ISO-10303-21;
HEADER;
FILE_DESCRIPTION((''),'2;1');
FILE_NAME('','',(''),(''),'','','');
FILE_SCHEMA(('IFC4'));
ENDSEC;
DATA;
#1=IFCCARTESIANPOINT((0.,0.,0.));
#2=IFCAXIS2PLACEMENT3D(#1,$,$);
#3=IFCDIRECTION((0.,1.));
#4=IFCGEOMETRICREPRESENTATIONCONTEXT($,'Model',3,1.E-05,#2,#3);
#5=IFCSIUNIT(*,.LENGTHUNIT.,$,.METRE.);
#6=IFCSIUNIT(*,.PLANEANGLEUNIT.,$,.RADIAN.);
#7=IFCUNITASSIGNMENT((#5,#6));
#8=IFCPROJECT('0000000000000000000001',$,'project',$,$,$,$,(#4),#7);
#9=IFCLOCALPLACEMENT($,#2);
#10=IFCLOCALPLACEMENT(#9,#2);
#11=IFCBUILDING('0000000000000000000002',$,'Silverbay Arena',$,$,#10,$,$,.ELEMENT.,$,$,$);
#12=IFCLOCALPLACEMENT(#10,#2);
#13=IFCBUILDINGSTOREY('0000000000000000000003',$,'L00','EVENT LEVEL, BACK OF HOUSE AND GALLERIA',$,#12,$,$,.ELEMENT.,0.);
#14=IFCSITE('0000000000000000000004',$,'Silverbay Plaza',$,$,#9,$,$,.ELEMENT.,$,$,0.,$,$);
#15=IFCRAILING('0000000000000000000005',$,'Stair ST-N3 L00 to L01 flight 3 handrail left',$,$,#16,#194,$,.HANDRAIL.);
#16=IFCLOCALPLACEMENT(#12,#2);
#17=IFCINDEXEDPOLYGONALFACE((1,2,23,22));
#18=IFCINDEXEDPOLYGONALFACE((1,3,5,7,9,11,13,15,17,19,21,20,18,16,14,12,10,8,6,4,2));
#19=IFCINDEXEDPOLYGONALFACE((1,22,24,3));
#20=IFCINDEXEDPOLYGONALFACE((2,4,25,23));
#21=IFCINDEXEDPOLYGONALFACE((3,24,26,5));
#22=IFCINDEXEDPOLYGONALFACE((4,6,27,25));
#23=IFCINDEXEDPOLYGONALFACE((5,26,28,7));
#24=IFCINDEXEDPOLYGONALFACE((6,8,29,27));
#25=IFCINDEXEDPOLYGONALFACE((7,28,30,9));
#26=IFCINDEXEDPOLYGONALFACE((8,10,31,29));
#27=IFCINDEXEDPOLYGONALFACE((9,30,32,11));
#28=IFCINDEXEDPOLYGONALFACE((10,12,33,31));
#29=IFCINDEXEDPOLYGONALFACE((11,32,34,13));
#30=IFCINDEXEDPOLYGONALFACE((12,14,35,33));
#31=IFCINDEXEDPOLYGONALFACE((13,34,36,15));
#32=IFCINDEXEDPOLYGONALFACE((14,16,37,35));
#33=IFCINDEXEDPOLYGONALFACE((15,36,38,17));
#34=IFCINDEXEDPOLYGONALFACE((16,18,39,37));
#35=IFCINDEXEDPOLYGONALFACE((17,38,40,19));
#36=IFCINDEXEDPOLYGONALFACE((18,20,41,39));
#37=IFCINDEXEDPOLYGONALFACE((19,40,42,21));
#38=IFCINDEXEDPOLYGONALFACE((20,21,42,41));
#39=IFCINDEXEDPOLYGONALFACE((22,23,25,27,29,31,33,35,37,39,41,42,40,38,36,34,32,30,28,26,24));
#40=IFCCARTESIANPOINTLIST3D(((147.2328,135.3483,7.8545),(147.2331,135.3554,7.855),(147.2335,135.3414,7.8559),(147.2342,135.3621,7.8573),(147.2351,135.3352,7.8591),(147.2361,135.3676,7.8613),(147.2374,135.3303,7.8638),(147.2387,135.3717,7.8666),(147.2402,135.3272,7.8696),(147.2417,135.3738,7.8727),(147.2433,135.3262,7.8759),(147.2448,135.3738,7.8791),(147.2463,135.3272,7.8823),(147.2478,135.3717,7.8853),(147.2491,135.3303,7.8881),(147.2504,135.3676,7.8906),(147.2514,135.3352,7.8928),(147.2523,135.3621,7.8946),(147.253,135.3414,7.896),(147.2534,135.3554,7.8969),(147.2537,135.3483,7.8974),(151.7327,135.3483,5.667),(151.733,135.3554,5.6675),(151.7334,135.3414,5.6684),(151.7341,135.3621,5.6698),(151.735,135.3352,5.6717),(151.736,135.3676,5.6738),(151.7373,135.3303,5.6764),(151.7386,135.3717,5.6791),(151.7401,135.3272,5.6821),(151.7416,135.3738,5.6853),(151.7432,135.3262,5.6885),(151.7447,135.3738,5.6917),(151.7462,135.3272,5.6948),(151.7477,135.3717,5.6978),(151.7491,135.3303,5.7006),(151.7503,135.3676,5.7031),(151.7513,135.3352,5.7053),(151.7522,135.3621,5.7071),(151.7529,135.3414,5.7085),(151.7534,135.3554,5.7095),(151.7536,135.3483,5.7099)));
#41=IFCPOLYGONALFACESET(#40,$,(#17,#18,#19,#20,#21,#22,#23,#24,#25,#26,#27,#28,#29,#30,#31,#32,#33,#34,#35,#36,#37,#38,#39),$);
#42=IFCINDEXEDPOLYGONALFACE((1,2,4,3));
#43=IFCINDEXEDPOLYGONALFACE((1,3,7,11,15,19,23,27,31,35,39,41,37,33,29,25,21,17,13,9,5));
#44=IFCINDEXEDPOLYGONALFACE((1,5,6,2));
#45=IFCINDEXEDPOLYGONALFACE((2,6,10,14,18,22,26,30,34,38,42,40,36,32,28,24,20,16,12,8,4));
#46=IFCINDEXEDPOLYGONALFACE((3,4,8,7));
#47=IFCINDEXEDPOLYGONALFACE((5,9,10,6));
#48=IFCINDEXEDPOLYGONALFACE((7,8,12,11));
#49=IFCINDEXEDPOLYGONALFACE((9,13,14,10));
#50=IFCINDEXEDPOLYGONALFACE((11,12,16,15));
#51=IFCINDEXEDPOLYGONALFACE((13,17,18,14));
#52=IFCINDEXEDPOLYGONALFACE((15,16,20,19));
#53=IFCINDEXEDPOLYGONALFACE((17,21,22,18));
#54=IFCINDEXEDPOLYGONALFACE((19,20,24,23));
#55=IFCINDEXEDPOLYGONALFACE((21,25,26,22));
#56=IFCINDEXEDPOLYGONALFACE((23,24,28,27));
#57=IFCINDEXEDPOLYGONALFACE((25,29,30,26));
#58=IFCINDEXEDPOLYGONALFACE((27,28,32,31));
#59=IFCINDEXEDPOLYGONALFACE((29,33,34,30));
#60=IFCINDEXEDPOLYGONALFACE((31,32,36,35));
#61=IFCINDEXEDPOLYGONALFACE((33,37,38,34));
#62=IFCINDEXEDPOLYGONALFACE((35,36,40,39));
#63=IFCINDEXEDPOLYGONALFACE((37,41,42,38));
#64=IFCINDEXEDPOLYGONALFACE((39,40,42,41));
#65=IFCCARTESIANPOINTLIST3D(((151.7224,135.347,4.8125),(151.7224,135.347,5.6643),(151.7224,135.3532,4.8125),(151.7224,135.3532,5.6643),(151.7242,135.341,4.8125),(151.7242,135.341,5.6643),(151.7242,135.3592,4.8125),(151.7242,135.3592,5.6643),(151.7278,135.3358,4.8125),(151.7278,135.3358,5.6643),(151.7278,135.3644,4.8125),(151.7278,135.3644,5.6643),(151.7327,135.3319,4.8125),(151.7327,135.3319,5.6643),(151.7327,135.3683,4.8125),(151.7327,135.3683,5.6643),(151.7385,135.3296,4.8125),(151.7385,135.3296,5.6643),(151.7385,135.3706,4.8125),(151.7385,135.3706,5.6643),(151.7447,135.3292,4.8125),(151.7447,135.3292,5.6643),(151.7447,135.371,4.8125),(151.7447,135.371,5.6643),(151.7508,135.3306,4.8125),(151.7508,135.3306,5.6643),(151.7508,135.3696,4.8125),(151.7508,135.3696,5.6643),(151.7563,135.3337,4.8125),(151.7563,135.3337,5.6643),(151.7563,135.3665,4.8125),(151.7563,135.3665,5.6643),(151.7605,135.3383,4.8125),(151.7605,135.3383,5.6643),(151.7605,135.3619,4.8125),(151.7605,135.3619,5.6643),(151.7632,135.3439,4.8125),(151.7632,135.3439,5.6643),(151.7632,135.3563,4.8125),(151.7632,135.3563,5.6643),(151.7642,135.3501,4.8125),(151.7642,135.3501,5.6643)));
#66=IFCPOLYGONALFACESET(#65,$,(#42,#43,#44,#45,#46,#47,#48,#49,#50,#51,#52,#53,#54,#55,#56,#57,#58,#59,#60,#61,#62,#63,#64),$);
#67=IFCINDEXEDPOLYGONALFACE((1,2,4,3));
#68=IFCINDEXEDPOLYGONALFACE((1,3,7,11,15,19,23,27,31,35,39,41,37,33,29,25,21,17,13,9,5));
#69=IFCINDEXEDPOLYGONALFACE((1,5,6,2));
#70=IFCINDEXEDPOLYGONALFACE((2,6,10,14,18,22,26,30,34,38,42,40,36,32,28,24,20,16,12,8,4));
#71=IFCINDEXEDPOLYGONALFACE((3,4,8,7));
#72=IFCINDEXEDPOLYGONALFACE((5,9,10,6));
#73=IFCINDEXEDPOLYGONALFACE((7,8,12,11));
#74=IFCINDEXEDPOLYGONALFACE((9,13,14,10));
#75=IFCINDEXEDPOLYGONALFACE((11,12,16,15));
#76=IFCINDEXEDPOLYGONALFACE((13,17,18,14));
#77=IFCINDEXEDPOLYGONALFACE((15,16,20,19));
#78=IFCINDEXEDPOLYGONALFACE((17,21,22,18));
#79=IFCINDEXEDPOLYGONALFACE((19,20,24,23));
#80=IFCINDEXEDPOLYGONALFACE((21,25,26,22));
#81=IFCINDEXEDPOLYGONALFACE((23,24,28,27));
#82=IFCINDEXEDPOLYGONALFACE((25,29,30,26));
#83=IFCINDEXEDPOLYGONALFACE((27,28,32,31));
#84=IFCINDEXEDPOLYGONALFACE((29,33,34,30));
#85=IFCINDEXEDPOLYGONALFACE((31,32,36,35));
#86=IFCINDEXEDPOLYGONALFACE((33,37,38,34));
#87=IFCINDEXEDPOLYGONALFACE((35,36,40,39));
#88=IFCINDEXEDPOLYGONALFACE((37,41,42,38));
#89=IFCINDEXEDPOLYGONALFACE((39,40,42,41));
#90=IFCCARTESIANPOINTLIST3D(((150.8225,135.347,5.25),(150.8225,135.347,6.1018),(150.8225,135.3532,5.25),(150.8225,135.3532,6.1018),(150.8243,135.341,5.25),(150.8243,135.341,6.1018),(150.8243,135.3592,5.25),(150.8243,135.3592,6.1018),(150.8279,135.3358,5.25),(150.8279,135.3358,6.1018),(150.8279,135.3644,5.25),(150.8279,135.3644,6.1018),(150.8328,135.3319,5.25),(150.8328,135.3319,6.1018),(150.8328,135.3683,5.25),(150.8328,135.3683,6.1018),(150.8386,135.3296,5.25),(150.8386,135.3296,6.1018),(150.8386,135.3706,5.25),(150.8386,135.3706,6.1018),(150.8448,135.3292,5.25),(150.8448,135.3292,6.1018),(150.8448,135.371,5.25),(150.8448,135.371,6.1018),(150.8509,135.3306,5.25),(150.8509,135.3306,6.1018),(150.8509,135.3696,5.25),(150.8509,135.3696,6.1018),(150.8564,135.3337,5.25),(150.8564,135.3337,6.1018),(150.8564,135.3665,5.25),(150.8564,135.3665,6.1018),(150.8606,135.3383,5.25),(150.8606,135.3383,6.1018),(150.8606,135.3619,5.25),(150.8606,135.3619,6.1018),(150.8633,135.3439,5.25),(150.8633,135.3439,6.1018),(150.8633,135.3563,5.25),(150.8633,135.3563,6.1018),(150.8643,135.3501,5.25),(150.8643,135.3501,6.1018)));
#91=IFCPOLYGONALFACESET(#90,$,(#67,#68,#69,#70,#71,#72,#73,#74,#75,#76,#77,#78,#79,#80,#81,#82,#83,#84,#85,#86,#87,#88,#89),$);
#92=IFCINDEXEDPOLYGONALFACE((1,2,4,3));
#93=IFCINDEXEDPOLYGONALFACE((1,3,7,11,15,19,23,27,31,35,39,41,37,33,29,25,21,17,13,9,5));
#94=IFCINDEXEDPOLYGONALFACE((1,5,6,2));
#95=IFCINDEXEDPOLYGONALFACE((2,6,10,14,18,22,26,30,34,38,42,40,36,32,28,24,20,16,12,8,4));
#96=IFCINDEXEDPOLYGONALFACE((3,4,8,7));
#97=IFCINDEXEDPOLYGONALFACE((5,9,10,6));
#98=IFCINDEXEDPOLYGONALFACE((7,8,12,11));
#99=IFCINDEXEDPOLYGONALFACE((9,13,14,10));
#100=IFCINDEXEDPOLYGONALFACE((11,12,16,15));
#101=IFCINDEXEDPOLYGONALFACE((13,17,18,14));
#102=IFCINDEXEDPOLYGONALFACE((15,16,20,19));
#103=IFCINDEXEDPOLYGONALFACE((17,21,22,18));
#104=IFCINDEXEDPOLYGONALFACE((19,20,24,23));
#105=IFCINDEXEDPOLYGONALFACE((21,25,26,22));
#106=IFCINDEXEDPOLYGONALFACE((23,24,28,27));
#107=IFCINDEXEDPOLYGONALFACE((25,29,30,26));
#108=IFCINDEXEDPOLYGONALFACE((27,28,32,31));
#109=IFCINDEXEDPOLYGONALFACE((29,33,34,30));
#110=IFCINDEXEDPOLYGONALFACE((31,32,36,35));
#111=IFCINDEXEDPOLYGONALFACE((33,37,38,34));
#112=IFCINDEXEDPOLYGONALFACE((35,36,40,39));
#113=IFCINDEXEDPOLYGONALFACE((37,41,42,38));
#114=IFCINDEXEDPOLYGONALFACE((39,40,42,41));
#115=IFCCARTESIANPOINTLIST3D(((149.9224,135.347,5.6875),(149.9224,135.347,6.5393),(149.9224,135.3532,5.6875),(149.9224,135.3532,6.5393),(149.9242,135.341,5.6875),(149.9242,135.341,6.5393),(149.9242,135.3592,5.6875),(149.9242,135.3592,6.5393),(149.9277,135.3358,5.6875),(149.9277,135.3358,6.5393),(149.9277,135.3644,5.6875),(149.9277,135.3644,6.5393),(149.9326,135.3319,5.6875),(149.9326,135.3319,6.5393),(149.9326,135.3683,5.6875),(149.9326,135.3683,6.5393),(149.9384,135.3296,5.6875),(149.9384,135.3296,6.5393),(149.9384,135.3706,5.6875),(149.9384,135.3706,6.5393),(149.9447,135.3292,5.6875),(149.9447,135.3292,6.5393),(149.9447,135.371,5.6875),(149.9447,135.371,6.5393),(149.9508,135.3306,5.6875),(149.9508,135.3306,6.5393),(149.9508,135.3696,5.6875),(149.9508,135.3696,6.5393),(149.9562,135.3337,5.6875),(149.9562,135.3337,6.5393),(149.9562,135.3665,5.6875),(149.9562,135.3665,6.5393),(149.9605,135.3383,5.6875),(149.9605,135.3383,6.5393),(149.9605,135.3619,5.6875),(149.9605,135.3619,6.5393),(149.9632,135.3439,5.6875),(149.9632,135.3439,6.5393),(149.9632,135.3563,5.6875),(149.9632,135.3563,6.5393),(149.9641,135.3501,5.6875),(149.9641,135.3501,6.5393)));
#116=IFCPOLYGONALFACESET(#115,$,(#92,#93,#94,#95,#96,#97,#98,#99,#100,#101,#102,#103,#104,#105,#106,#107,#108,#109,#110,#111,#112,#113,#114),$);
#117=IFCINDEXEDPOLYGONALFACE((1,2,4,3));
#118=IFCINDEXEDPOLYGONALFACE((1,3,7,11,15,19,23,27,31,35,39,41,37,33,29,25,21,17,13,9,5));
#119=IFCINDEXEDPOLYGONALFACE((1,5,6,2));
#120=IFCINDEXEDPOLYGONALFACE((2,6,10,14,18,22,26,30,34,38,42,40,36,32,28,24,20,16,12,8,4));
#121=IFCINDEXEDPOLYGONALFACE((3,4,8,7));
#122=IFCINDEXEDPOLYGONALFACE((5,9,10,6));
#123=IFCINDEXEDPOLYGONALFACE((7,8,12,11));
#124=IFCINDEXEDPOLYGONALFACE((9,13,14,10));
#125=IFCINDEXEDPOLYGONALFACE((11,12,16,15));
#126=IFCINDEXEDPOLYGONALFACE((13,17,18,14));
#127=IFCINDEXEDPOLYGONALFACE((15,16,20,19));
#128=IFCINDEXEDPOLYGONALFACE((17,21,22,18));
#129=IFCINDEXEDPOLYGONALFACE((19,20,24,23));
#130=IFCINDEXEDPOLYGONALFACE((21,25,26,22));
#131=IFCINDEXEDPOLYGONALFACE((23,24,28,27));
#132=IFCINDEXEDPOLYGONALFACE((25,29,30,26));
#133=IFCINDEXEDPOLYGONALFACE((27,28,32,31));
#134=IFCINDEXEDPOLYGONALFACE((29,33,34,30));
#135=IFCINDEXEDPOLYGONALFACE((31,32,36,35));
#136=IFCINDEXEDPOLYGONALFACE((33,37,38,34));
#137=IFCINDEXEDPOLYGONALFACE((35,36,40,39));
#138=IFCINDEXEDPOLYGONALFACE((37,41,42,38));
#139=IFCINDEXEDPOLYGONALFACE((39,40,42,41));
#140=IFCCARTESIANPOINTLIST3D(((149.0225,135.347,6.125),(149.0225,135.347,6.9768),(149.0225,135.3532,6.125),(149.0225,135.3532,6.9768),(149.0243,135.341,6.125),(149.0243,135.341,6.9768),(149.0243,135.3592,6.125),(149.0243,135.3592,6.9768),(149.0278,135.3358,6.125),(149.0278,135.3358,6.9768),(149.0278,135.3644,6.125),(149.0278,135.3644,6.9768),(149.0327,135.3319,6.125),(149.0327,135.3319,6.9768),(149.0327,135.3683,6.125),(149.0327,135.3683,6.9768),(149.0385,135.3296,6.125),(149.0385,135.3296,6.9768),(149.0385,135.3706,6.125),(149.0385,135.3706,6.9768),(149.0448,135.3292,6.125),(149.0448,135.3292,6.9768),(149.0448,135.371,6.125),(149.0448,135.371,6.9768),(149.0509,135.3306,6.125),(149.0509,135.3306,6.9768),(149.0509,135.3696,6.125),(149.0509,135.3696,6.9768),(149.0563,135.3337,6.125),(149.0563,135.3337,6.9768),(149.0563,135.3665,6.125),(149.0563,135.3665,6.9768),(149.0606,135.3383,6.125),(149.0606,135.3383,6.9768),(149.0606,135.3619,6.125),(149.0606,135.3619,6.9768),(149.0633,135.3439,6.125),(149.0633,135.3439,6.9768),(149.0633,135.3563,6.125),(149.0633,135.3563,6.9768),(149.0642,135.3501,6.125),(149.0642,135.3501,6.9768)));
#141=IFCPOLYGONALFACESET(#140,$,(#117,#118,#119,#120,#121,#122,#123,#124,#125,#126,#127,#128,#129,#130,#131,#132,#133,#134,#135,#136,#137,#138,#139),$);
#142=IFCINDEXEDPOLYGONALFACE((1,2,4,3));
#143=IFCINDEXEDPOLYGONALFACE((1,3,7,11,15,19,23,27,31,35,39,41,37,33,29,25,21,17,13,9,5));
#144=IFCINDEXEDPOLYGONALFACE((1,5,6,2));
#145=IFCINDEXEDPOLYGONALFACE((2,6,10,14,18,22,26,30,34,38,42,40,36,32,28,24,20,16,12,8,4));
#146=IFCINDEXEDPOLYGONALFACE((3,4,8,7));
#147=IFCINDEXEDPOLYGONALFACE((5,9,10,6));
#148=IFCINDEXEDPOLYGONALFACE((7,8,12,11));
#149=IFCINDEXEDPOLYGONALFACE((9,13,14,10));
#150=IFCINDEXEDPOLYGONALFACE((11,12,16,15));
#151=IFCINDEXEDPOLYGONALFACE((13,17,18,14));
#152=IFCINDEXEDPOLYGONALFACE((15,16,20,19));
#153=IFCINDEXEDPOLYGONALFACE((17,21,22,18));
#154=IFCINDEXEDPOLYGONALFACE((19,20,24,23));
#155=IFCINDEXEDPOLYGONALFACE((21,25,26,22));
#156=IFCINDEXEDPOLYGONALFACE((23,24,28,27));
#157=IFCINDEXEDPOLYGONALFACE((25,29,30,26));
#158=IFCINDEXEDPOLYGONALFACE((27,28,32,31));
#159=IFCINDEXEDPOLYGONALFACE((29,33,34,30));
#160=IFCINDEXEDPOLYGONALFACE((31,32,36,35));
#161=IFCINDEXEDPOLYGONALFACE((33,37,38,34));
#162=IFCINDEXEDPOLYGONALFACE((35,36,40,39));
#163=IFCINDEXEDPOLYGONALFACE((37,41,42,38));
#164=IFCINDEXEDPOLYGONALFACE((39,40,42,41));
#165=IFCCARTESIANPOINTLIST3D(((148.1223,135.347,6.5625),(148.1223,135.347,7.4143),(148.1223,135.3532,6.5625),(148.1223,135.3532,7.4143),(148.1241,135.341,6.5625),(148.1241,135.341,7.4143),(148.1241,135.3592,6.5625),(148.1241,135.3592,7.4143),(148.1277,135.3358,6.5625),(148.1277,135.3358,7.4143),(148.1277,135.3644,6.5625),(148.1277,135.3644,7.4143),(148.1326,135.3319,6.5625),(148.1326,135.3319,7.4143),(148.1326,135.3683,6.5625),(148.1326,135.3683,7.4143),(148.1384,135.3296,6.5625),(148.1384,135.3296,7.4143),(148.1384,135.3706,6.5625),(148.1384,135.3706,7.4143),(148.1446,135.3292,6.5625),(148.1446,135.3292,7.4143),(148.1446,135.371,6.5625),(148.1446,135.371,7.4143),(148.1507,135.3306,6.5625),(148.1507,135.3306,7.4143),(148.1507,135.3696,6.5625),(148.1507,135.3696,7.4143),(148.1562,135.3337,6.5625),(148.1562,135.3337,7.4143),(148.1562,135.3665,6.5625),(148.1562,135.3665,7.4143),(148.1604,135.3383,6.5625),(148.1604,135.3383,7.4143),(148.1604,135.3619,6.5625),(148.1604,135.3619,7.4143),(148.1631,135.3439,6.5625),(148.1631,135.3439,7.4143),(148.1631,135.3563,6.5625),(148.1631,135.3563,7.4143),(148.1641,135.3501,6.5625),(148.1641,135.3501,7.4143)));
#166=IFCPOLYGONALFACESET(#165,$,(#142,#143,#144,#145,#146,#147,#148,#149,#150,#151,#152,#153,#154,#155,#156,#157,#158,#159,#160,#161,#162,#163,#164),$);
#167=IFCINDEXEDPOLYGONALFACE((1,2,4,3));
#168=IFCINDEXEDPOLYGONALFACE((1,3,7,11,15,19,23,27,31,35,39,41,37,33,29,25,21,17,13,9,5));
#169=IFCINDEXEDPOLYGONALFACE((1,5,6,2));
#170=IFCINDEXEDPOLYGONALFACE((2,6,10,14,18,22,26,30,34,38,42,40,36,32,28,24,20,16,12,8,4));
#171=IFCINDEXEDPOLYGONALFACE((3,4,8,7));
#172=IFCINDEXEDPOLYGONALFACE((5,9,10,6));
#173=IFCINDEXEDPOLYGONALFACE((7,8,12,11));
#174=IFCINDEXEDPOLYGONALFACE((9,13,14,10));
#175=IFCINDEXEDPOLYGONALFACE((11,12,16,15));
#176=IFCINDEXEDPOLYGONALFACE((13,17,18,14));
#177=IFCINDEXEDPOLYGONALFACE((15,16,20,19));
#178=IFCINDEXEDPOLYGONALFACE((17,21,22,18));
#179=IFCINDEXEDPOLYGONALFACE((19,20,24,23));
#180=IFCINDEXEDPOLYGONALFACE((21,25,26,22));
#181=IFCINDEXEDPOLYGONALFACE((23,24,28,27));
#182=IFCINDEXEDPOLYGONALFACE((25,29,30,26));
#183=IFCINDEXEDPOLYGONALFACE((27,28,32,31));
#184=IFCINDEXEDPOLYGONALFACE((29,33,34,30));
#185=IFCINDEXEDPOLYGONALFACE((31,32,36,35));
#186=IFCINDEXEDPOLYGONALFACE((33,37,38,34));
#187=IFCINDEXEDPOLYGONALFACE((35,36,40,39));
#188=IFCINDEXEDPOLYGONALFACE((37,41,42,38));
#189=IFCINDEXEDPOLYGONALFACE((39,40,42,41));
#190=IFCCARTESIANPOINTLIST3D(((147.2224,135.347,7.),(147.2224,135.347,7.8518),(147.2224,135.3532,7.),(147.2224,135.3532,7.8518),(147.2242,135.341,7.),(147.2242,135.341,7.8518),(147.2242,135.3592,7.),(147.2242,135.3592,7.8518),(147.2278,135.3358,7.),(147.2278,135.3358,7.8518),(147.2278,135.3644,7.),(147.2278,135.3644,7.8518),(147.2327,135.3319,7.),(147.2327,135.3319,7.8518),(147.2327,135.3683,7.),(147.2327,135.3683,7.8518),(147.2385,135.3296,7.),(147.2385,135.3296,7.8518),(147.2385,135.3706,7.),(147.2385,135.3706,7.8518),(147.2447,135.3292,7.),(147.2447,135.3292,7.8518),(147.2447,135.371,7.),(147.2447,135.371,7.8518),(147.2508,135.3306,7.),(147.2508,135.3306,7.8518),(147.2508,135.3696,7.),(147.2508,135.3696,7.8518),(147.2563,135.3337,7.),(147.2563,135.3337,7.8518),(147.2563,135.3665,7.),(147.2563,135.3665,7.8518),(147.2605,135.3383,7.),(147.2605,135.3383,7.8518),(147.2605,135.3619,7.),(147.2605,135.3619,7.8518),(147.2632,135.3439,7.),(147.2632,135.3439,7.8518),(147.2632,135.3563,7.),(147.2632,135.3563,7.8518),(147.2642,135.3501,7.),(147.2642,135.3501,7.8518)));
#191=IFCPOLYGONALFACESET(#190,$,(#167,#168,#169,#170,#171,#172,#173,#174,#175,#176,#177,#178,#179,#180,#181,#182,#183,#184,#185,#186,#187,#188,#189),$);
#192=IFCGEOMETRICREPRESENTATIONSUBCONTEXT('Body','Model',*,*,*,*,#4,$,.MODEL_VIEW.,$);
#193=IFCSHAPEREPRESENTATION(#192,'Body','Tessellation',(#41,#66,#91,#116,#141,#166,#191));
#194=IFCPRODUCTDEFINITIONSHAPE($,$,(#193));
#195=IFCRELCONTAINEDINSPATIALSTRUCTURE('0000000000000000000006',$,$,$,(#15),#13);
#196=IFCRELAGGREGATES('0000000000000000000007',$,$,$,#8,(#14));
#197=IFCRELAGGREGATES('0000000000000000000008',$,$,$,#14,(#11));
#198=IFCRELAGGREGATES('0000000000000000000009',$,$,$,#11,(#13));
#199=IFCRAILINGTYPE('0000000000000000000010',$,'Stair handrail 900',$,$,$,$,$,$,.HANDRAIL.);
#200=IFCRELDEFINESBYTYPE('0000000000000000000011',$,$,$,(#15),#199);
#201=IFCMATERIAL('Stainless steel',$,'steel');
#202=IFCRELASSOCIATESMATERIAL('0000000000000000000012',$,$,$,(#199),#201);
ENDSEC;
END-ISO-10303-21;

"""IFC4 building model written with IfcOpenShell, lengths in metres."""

from ifc_helpers import new_model, si_unit, direction, frame, origin, origin_2d, place, context, subcontext, project, spatial, circle, extrude, material, type_object, element, save


model = new_model("IFC4")

# Units and contexts
model_context = context("Model", 3, precision=1e-05, world=origin(), true_north=direction((0.0, 1.0)))
body_context = subcontext(model_context, "Body", "Model", "MODEL_VIEW")
ifc_project = project(units=[si_unit("LENGTHUNIT", "METRE"), si_unit("PLANEANGLEUNIT", "RADIAN")], contexts=[model_context])

# Site, building, storey
site_placement = place(None, origin())
site = spatial("IfcSite", under=ifc_project, at=site_placement, Name="Silverbay Plaza", CompositionType="ELEMENT", RefElevation=0.0)
building_placement = place(site_placement, origin())
building = spatial("IfcBuilding", under=site, at=building_placement, Name="Silverbay Arena", CompositionType="ELEMENT")
storey_placement = place(building_placement, origin())
storey = spatial("IfcBuildingStorey", under=building, at=storey_placement, Name="L00", Description="EVENT LEVEL, BACK OF HOUSE AND GALLERIA", CompositionType="ELEMENT", Elevation=0.0)

# Railing
ifc_material_1 = material(Name="Stainless steel", Category="steel")
railing_type_1 = type_object("IfcRailingType", Name="Stair handrail 900", PredefinedType="HANDRAIL", material=ifc_material_1)
for number, where, name in (
    (1, (151.7432, 135.3501, 4.8125), "Stair ST-N3 L00 to L01 flight 3 handrail left"),
):
    element("IfcRailing", number, at=place(storey_placement, frame(where)), inside=storey, type_object=railing_type_1, Name=name, PredefinedType="HANDRAIL", context=body_context, shape_type="SweptSolid", body=[
        extrude(circle(Radius=0.0239, at=origin_2d()), frame((0.0, 0.0, 0.876), z_axis=(-0.899368, 0.0, 0.437193), x_axis=(0.0, -1.0, 0.0)), (0.0, 0.0, 1.0), 5.0034),
        extrude(circle(Radius=0.021, at=origin_2d()), origin(), (0.0, 0.0, 1.0), 0.8518),
        extrude(circle(Radius=0.021, at=origin_2d()), frame((-0.8999, 0.0, 0.4375)), (0.0, 0.0, 1.0), 0.8518),
        extrude(circle(Radius=0.021, at=origin_2d()), frame((-1.8, 0.0, 0.875)), (0.0, 0.0, 1.0), 0.8518),
        extrude(circle(Radius=0.021, at=origin_2d()), frame((-2.7, 0.0, 1.3125)), (0.0, 0.0, 1.0), 0.8518),
        extrude(circle(Radius=0.021, at=origin_2d()), frame((-3.6001, 0.0, 1.75)), (0.0, 0.0, 1.0), 0.8518),
        extrude(circle(Radius=0.021, at=origin_2d()), frame((-4.5, 0.0, 2.1875)), (0.0, 0.0, 1.0), 0.8518),
    ])

save(model, "model.ifc")
